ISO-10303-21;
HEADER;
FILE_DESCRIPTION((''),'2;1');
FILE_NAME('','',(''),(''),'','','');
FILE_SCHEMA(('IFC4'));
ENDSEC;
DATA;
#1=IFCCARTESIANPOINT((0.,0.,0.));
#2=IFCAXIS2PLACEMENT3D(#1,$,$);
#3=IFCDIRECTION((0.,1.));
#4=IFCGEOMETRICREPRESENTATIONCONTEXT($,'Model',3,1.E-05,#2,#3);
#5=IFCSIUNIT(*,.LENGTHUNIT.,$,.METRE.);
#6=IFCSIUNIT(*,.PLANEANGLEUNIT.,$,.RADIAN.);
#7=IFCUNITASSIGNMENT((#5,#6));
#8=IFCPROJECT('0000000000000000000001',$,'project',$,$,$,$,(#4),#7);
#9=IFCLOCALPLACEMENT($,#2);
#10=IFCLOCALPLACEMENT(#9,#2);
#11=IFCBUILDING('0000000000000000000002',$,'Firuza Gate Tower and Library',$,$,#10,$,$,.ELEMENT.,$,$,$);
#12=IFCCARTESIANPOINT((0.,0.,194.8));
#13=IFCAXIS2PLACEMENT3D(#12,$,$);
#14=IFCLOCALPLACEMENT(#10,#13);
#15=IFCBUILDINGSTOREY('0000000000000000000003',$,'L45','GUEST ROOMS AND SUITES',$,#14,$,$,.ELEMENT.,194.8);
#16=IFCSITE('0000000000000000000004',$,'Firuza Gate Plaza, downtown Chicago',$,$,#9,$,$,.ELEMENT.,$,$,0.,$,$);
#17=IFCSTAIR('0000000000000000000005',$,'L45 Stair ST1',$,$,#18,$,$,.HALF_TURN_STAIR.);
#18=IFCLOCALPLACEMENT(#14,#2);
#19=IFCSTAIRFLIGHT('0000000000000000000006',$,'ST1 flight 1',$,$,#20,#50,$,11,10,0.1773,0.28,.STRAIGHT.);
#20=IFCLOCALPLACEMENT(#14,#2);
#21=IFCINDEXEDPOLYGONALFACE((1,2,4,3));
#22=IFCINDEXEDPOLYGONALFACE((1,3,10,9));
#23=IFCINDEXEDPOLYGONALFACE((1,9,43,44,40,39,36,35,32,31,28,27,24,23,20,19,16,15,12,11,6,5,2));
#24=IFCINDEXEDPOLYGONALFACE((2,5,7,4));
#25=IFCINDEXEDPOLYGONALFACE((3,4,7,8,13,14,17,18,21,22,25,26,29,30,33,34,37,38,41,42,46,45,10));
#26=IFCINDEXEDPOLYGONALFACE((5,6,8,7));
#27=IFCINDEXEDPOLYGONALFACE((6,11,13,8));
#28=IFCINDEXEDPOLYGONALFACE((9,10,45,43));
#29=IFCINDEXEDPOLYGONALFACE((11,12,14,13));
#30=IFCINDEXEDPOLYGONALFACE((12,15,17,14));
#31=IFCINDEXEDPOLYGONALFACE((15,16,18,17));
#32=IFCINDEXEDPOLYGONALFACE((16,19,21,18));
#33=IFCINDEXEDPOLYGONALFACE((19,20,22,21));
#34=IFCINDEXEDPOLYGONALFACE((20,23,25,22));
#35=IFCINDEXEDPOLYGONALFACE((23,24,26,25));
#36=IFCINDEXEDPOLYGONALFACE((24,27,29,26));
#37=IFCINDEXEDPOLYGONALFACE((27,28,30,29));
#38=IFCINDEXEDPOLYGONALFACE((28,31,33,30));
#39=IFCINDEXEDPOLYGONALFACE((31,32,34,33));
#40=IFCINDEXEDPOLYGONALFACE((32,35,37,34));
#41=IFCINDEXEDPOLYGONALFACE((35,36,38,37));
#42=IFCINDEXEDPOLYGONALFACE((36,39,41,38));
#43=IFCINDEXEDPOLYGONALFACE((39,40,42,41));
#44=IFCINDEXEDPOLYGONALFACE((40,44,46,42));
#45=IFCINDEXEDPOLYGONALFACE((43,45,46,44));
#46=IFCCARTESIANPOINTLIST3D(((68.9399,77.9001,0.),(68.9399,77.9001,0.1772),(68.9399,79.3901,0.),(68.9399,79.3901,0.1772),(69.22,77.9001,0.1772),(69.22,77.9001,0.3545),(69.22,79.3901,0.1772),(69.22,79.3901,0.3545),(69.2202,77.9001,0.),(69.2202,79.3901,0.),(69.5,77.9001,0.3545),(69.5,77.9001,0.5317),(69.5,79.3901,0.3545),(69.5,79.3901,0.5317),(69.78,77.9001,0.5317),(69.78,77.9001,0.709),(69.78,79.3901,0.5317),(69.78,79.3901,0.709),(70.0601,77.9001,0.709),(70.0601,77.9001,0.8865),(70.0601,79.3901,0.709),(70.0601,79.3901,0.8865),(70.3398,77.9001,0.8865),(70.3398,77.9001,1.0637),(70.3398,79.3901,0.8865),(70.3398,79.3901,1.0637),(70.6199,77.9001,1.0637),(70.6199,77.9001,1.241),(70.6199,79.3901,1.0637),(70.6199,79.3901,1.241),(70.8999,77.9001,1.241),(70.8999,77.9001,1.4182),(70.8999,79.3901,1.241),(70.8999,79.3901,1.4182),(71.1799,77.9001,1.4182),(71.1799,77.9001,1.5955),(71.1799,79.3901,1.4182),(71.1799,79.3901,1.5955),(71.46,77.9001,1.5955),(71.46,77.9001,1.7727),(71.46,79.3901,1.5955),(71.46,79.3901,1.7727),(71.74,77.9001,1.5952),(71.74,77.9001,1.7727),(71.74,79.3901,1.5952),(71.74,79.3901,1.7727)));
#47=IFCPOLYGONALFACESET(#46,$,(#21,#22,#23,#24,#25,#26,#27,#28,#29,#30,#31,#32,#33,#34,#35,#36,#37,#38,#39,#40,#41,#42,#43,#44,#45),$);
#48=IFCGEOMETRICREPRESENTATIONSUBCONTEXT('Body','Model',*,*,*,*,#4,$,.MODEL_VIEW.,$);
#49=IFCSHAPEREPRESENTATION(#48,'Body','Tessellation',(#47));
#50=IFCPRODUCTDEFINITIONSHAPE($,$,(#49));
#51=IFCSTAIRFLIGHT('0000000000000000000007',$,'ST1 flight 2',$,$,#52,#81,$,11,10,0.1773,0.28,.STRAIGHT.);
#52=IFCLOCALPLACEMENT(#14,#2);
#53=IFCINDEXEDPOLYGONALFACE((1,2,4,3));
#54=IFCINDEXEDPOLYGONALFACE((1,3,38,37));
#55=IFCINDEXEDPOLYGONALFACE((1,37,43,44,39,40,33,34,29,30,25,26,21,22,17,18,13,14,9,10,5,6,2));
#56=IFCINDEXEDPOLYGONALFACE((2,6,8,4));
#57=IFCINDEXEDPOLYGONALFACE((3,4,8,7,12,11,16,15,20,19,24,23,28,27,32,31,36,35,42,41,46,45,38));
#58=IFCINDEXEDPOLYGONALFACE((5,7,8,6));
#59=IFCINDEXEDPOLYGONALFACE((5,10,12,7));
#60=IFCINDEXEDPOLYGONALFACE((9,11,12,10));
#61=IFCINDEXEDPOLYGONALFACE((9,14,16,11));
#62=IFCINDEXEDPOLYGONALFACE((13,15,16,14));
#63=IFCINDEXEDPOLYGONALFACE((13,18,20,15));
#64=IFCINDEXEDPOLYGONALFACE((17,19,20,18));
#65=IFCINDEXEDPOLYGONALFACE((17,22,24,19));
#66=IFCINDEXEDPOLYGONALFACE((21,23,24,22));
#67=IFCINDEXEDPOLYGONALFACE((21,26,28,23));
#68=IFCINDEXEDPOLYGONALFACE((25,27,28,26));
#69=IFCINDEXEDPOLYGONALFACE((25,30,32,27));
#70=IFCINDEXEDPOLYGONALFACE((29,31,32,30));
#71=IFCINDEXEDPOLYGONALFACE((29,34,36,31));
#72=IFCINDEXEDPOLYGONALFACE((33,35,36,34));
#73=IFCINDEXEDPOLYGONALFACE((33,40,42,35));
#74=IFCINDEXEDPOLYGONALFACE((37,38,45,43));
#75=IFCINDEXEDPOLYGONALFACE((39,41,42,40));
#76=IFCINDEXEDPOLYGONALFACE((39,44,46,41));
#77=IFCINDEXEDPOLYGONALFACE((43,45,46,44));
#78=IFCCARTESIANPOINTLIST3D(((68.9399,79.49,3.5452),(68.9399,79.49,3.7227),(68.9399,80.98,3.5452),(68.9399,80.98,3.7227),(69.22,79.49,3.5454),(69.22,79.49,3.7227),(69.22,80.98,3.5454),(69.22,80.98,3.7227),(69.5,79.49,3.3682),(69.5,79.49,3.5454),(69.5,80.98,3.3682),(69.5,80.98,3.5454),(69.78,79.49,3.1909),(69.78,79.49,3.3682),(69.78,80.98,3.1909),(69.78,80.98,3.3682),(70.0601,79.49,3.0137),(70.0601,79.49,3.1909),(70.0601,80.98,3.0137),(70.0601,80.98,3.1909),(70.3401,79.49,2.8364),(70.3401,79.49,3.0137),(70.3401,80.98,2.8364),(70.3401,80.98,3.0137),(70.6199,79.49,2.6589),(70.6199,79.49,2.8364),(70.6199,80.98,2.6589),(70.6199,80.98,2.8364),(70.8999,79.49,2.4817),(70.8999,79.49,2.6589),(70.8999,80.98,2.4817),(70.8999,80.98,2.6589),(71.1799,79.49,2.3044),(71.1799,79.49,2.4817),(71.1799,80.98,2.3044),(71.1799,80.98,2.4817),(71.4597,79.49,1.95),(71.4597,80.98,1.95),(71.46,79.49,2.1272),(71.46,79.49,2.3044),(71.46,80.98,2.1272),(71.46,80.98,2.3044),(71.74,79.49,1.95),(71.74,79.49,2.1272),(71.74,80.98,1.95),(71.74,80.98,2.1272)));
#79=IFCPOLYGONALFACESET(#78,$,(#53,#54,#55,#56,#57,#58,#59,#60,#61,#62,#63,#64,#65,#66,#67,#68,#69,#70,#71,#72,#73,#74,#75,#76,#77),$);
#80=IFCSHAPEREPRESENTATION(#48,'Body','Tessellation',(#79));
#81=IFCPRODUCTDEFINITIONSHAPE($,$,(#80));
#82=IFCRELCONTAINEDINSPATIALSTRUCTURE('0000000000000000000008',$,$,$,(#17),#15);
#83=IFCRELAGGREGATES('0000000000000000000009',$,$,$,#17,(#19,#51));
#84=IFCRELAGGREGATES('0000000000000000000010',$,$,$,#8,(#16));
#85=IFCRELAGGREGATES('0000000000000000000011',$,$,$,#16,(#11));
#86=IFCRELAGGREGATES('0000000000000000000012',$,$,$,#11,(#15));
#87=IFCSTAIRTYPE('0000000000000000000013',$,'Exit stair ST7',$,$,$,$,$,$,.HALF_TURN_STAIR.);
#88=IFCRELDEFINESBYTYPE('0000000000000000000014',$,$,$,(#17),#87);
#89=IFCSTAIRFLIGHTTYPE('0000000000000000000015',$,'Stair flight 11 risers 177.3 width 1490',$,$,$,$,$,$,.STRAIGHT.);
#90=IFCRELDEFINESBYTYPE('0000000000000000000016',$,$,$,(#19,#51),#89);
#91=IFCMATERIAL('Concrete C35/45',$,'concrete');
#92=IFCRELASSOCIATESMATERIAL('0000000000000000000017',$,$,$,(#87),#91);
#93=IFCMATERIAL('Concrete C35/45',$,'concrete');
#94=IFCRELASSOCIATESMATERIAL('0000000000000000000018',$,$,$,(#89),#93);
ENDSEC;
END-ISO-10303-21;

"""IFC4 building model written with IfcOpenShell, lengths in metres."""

from ifc_helpers import new_model, si_unit, direction, frame, origin, place, context, subcontext, project, spatial, polyline, outline, extrude, material, type_object, element, aggregate, save


model = new_model("IFC4")

# Units and contexts
model_context = context("Model", 3, precision=1e-05, world=origin(), true_north=direction((0.0, 1.0)))
body_context = subcontext(model_context, "Body", "Model", "MODEL_VIEW")
ifc_project = project(units=[si_unit("LENGTHUNIT", "METRE"), si_unit("PLANEANGLEUNIT", "RADIAN")], contexts=[model_context])

# Site, building, storey
site_placement = place(None, origin())
site = spatial("IfcSite", under=ifc_project, at=site_placement, Name="Firuza Gate Plaza, downtown Chicago", CompositionType="ELEMENT", RefElevation=0.0)
building_placement = place(site_placement, origin())
building = spatial("IfcBuilding", under=site, at=building_placement, Name="Firuza Gate Tower and Library", CompositionType="ELEMENT")
storey_placement = place(building_placement, frame((0.0, 0.0, 194.8)))
storey = spatial("IfcBuildingStorey", under=building, at=storey_placement, Name="L45", Description="GUEST ROOMS AND SUITES", CompositionType="ELEMENT", Elevation=194.8)

# Stair, stair flights
ifc_material_1 = material(Name="Concrete C35/45", Category="concrete")
stair_type = type_object("IfcStairType", Name="Exit stair ST7", PredefinedType="HALF_TURN_STAIR", material=ifc_material_1)
stair_placement = place(storey_placement, origin())
stair = element("IfcStair", 1, at=stair_placement, inside=storey, type_object=stair_type, Name="L45 Stair ST1", PredefinedType="HALF_TURN_STAIR")
ifc_material_2 = material(Name="Concrete C35/45", Category="concrete")
stair_flight_type = type_object("IfcStairFlightType", Name="Stair flight 11 risers 177.3 width 1490", PredefinedType="STRAIGHT", material=ifc_material_2)
stair_flight_1_placement = place(storey_placement, frame((68.9399, 78.645, 0.0), z_axis=(0.0, 0.0, 1.0), x_axis=(1.0, 0.0, 0.0)))
stair_flight_1 = element("IfcStairFlight", 2, at=stair_flight_1_placement, type_object=stair_flight_type, Name="ST1 flight 1", NumberOfRisers=11, NumberOfTreads=10, PredefinedType="STRAIGHT", RiserHeight=0.1773, TreadLength=0.28, context=body_context, shape_type="SweptSolid", body=[
    extrude(outline(polyline([(0.0, 0.0), (0.0, 0.1772), (0.28, 0.1772), (0.28, 0.3545), (0.5601, 0.3545), (0.5601, 0.5317), (0.8401, 0.5317), (0.8401, 0.709), (1.1201, 0.709), (1.1201, 0.8865), (1.3999, 0.8865), (1.3999, 1.0637), (1.6799, 1.0637), (1.6799, 1.241), (1.96, 1.241), (1.96, 1.4182), (2.24, 1.4182), (2.24, 1.5955), (2.52, 1.5955), (2.52, 1.7727), (2.8, 1.7727), (2.8, 1.95), (2.8, 1.5952), (0.2803, 0.0), (0.0, 0.0)])), frame((0.0, 0.7451, 0.0), z_axis=(0.0, -1.0, 0.0), x_axis=(1.0, 0.0, 0.0)), (0.0, 0.0, 1.0), 1.49),
])
stair_flight_2_placement = place(storey_placement, frame((71.74, 80.2351, 1.95), z_axis=(0.0, 0.0, 1.0), x_axis=(-1.0, 0.0, 0.0)))
stair_flight_2 = element("IfcStairFlight", 3, at=stair_flight_2_placement, type_object=stair_flight_type, Name="ST1 flight 2", NumberOfRisers=11, NumberOfTreads=10, PredefinedType="STRAIGHT", RiserHeight=0.1773, TreadLength=0.28, context=body_context, shape_type="SweptSolid", body=[
    extrude(outline(polyline([(0.0, 0.0), (0.0, 0.1772), (0.28, 0.1772), (0.28, 0.3545), (0.5601, 0.3545), (0.5601, 0.5317), (0.8401, 0.5317), (0.8401, 0.709), (1.1201, 0.709), (1.1201, 0.8865), (1.3999, 0.8865), (1.3999, 1.0637), (1.6799, 1.0637), (1.6799, 1.241), (1.96, 1.241), (1.96, 1.4182), (2.24, 1.4182), (2.24, 1.5955), (2.52, 1.5955), (2.52, 1.7727), (2.8, 1.7727), (2.8, 1.95), (2.8, 1.5952), (0.2803, 0.0), (0.0, 0.0)])), frame((0.0, 0.7451, 0.0), z_axis=(0.0, -1.0, 0.0), x_axis=(1.0, 0.0, 0.0)), (0.0, 0.0, 1.0), 1.49),
])
aggregate(stair, [stair_flight_1, stair_flight_2])

save(model, "model.ifc")
